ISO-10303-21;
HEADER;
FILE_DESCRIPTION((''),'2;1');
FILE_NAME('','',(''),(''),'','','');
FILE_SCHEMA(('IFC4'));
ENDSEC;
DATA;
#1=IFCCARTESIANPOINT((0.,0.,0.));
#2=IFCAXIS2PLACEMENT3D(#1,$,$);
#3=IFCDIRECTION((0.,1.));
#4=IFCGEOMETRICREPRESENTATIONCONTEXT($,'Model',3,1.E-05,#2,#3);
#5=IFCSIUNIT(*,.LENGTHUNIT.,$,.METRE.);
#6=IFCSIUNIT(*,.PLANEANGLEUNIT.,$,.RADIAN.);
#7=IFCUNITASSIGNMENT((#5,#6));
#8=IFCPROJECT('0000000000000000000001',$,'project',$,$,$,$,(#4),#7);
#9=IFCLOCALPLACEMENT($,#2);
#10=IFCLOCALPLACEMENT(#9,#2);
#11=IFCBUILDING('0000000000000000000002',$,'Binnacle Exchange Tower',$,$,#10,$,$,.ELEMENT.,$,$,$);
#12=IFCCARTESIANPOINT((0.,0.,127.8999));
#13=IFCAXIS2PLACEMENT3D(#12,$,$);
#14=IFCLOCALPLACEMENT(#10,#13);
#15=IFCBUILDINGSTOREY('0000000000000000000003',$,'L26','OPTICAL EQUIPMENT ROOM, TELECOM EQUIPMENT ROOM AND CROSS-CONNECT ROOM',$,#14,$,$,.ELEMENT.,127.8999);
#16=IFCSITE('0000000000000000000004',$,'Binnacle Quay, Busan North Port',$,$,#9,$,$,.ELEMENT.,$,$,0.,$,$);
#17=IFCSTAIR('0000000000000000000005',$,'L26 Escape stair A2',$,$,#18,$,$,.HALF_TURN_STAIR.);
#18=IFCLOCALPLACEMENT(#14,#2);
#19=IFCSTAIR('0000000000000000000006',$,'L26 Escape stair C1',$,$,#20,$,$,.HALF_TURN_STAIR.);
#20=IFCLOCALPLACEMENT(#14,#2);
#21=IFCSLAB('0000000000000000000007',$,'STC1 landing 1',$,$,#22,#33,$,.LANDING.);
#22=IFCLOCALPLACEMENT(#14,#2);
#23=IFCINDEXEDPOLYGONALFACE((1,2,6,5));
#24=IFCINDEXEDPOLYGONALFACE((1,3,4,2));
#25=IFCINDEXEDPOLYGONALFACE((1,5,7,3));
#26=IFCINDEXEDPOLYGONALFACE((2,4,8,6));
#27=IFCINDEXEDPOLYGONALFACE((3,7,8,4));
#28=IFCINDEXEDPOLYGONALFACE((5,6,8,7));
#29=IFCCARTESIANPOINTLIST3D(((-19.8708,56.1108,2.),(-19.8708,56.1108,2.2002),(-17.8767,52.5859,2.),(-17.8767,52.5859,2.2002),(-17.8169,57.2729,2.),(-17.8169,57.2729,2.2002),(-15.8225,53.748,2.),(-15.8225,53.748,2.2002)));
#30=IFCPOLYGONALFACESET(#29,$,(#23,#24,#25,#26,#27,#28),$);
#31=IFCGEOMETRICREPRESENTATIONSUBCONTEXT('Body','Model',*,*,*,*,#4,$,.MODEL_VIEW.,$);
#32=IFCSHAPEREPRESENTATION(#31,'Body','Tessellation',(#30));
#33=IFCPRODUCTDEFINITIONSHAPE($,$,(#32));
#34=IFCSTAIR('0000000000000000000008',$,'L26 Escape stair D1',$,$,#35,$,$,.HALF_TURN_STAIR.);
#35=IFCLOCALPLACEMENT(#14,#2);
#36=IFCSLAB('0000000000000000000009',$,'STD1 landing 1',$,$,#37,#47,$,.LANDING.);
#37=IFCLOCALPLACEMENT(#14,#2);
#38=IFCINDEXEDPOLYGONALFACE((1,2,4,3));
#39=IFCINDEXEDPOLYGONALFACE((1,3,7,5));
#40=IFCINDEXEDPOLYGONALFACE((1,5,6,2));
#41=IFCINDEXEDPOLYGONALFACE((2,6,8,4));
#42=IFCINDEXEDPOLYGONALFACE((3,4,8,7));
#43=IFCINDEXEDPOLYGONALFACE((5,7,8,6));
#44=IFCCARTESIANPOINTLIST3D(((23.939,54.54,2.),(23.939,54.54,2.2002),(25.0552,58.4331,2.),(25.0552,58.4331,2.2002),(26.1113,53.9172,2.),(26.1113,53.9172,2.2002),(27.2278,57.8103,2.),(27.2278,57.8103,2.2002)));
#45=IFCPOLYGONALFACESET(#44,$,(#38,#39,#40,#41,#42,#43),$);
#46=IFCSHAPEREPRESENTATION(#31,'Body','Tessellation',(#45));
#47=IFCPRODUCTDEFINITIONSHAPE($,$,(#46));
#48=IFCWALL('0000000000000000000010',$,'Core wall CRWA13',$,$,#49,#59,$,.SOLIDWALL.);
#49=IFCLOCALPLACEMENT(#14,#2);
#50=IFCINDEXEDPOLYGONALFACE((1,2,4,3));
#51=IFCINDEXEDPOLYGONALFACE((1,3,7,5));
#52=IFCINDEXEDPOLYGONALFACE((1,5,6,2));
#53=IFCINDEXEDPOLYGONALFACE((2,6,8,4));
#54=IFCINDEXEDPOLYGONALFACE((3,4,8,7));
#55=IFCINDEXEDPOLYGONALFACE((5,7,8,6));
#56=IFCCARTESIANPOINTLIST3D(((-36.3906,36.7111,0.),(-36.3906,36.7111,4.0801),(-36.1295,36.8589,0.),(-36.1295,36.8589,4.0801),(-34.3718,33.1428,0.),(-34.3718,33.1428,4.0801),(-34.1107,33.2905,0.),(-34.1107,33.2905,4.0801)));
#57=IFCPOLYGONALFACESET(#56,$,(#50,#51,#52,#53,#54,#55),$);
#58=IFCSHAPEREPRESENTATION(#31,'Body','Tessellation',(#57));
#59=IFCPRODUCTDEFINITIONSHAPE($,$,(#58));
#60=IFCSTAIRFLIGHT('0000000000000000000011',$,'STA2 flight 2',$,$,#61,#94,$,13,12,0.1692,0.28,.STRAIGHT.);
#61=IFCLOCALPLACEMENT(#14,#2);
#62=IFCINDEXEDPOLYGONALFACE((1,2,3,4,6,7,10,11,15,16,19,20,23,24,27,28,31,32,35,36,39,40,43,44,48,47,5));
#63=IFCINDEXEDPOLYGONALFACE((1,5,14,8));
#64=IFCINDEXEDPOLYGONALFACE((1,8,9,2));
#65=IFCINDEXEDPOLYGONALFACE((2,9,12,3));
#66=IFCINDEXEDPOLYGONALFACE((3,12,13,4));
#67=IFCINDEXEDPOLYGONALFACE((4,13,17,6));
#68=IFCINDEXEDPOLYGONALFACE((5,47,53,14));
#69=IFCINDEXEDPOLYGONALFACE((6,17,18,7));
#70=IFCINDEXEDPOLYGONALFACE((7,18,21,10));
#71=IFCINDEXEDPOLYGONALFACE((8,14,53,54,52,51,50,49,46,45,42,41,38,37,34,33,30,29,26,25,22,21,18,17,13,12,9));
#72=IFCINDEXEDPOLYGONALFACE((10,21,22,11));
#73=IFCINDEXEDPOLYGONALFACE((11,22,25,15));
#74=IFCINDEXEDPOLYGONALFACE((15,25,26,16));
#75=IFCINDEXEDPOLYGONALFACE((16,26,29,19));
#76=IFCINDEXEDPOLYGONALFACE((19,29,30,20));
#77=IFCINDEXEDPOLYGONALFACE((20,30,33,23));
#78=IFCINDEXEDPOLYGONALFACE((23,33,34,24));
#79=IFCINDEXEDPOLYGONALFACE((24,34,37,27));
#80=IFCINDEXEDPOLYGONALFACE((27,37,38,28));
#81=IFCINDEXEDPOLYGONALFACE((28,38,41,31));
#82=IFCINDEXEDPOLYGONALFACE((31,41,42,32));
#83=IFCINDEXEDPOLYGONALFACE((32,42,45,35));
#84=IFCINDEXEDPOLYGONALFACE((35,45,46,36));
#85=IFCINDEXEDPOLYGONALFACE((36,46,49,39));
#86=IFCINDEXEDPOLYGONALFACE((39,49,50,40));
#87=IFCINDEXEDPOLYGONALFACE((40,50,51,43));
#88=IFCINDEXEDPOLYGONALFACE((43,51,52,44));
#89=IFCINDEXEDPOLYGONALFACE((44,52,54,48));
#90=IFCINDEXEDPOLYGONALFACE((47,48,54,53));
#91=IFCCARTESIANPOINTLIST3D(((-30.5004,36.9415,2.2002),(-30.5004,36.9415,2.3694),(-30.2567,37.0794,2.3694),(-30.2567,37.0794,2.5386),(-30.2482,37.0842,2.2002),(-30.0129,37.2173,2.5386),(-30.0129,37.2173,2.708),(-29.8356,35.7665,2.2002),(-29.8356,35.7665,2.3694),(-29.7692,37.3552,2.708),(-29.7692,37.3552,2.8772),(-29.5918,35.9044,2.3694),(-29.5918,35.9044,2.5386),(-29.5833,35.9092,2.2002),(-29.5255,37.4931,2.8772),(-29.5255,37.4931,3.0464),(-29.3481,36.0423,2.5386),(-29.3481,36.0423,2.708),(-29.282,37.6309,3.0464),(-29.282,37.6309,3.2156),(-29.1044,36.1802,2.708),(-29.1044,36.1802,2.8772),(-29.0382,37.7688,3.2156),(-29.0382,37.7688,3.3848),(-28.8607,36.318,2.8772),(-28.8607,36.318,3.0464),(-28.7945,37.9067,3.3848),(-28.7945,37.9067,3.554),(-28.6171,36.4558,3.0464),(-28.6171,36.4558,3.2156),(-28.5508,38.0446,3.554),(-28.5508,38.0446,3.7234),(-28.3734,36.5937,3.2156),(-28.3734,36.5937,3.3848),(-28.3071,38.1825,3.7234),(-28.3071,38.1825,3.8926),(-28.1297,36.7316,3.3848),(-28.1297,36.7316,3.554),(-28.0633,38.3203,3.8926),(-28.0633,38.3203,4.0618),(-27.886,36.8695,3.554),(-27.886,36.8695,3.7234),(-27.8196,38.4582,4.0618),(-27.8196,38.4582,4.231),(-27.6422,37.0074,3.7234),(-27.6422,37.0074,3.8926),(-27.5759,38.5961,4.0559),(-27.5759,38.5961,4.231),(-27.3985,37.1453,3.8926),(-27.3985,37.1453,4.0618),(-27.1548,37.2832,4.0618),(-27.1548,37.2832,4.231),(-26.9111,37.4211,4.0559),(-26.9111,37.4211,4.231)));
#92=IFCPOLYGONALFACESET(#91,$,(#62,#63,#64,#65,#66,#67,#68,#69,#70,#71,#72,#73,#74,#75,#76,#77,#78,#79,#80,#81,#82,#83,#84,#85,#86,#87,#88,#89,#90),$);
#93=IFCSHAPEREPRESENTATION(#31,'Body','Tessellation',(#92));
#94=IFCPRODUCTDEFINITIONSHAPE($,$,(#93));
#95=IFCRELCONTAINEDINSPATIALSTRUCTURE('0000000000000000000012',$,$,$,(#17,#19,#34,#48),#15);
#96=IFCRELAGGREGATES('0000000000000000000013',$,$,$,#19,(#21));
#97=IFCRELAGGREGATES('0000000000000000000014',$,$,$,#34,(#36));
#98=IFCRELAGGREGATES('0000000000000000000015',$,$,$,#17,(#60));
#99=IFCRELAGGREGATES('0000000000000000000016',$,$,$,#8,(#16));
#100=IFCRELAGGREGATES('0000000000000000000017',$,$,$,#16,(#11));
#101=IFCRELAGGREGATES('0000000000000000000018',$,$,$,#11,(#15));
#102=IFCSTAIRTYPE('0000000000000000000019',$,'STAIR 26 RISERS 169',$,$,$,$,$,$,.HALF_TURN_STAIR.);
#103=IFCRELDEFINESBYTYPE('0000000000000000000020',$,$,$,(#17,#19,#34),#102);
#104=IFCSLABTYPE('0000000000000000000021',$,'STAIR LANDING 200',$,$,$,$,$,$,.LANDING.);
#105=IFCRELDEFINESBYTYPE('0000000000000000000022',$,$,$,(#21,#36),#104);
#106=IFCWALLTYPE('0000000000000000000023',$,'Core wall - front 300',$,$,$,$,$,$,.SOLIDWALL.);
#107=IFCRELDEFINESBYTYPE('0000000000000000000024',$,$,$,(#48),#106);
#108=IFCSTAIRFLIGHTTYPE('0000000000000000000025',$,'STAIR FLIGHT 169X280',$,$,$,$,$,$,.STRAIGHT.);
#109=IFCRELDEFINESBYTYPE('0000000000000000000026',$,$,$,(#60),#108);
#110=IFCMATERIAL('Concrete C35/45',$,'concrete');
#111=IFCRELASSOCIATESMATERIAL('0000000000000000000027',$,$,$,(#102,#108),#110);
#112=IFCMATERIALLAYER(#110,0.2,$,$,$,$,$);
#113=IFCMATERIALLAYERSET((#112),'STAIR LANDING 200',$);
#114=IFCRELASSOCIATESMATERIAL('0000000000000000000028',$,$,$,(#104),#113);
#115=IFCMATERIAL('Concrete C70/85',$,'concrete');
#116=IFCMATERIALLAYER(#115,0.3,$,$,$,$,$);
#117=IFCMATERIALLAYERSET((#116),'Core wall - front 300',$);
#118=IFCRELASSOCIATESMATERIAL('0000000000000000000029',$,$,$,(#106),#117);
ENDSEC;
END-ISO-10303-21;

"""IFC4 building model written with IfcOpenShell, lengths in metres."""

from ifc_helpers import new_model, si_unit, direction, frame, frame_2d, origin, place, context, subcontext, project, spatial, polyline, rectangle, outline, extrude, material, layer, layer_set, type_object, element, aggregate, save


model = new_model("IFC4")

# Units and contexts
model_context = context("Model", 3, precision=1e-05, world=origin(), true_north=direction((0.0, 1.0)))
body_context = subcontext(model_context, "Body", "Model", "MODEL_VIEW")
ifc_project = project(units=[si_unit("LENGTHUNIT", "METRE"), si_unit("PLANEANGLEUNIT", "RADIAN")], contexts=[model_context])

# Site, building, storey
site_placement = place(None, origin())
site = spatial("IfcSite", under=ifc_project, at=site_placement, Name="Binnacle Quay, Busan North Port", CompositionType="ELEMENT", RefElevation=0.0)
building_placement = place(site_placement, origin())
building = spatial("IfcBuilding", under=site, at=building_placement, Name="Binnacle Exchange Tower", CompositionType="ELEMENT")
storey_placement = place(building_placement, frame((0.0, 0.0, 127.8999)))
storey = spatial("IfcBuildingStorey", under=building, at=storey_placement, Name="L26", Description="OPTICAL EQUIPMENT ROOM, TELECOM EQUIPMENT ROOM AND CROSS-CONNECT ROOM", CompositionType="ELEMENT", Elevation=127.8999)

# Shared definitions
ifc_material_1 = material(Name="Concrete C70/85", Category="concrete")

# Shared definitions
ifc_material_2 = material(Name="Concrete C35/45", Category="concrete")

# Stairs, slabs
stair_type = type_object("IfcStairType", Name="STAIR 26 RISERS 169", PredefinedType="HALF_TURN_STAIR", material=ifc_material_2)
ifc_layer_1 = layer(ifc_material_2, 0.2)
ifc_layer_set_1 = layer_set([ifc_layer_1], Name="STAIR LANDING 200")
slab_type_1 = type_object("IfcSlabType", Name="STAIR LANDING 200", PredefinedType="LANDING", material=ifc_layer_set_1)
stair_1_placement = place(storey_placement, origin())
stair_1 = element("IfcStair", 1, at=stair_1_placement, inside=storey, type_object=stair_type, Name="L26 Escape stair A2", PredefinedType="HALF_TURN_STAIR")
stair_2_placement = place(storey_placement, origin())
stair_2 = element("IfcStair", 2, at=stair_2_placement, inside=storey, type_object=stair_type, Name="L26 Escape stair C1", PredefinedType="HALF_TURN_STAIR")
slab_1_placement = place(storey_placement, frame((0.0, 0.0, 2.0)))
slab_1 = element("IfcSlab", 3, at=slab_1_placement, type_object=slab_type_1, Name="STC1 landing 1", PredefinedType="LANDING", context=body_context, shape_type="SweptSolid", body=[
    extrude(outline(polyline([(-17.8767, 52.5859), (-15.8225, 53.748), (-17.8169, 57.2729), (-19.8708, 56.1108), (-17.8767, 52.5859)])), origin(), (0.0, 0.0, 1.0), 0.2002),
])
aggregate(stair_2, [slab_1])
stair_3_placement = place(storey_placement, origin())
stair_3 = element("IfcStair", 4, at=stair_3_placement, inside=storey, type_object=stair_type, Name="L26 Escape stair D1", PredefinedType="HALF_TURN_STAIR")
slab_2_placement = place(storey_placement, frame((0.0, 0.0, 2.0)))
slab_2 = element("IfcSlab", 5, at=slab_2_placement, type_object=slab_type_1, Name="STD1 landing 1", PredefinedType="LANDING", context=body_context, shape_type="SweptSolid", body=[
    extrude(outline(polyline([(23.939, 54.54), (26.1113, 53.9172), (27.2278, 57.8103), (25.0552, 58.4331), (23.939, 54.54)])), origin(), (0.0, 0.0, 1.0), 0.2002),
])
aggregate(stair_3, [slab_2])

# Wall
ifc_layer_2 = layer(ifc_material_1, 0.3)
ifc_layer_set_2 = layer_set([ifc_layer_2], Name="Core wall - front 300")
wall_type = type_object("IfcWallType", Name="Core wall - front 300", PredefinedType="SOLIDWALL", material=ifc_layer_set_2)
wall_placement = place(storey_placement, frame((-36.26, 36.7849, 0.0), z_axis=(0.0, 0.0, 1.0), x_axis=(0.492408, -0.870364, 0.0)))
element("IfcWall", 6, at=wall_placement, inside=storey, type_object=wall_type, Name="Core wall CRWA13", PredefinedType="SOLIDWALL", context=body_context, shape_type="SweptSolid", body=[
    extrude(rectangle(XDim=4.0999, YDim=0.3, at=frame_2d((2.0498, 0.0))), origin(), (0.0, 0.0, 1.0), 4.0801),
])

# Stair flight
stair_flight_type = type_object("IfcStairFlightType", Name="STAIR FLIGHT 169X280", PredefinedType="STRAIGHT", material=ifc_material_2)
stair_flight_placement = place(storey_placement, frame((-30.168, 36.354, 2.2002), z_axis=(0.0, 0.0, 1.0), x_axis=(0.870356, 0.492424, 0.0)))
stair_flight = element("IfcStairFlight", 7, at=stair_flight_placement, type_object=stair_flight_type, Name="STA2 flight 2", NumberOfRisers=13, NumberOfTreads=12, PredefinedType="STRAIGHT", RiserHeight=0.1692, TreadLength=0.28, context=body_context, shape_type="SweptSolid", body=[
    extrude(outline(polyline([(0.0, 0.0), (0.0, 0.1692), (0.28, 0.1692), (0.28, 0.3384), (0.5601, 0.3384), (0.5601, 0.5078), (0.8401, 0.5078), (0.8401, 0.677), (1.1201, 0.677), (1.1201, 0.8462), (1.3999, 0.8462), (1.3999, 1.0154), (1.6799, 1.0154), (1.6799, 1.1846), (1.96, 1.1846), (1.96, 1.3538), (2.24, 1.3538), (2.24, 1.5232), (2.52, 1.5232), (2.52, 1.6924), (2.8, 1.6924), (2.8, 1.8616), (3.0801, 1.8616), (3.0801, 2.0308), (3.3601, 2.0308), (3.3601, 2.2), (3.3601, 1.8557), (0.2898, 0.0), (0.0, 0.0)])), frame((0.0, 0.675, 0.0), z_axis=(0.0, -1.0, 0.0), x_axis=(1.0, 0.0, 0.0)), (0.0, 0.0, 1.0), 1.3501),
])
aggregate(stair_1, [stair_flight])

save(model, "model.ifc")
